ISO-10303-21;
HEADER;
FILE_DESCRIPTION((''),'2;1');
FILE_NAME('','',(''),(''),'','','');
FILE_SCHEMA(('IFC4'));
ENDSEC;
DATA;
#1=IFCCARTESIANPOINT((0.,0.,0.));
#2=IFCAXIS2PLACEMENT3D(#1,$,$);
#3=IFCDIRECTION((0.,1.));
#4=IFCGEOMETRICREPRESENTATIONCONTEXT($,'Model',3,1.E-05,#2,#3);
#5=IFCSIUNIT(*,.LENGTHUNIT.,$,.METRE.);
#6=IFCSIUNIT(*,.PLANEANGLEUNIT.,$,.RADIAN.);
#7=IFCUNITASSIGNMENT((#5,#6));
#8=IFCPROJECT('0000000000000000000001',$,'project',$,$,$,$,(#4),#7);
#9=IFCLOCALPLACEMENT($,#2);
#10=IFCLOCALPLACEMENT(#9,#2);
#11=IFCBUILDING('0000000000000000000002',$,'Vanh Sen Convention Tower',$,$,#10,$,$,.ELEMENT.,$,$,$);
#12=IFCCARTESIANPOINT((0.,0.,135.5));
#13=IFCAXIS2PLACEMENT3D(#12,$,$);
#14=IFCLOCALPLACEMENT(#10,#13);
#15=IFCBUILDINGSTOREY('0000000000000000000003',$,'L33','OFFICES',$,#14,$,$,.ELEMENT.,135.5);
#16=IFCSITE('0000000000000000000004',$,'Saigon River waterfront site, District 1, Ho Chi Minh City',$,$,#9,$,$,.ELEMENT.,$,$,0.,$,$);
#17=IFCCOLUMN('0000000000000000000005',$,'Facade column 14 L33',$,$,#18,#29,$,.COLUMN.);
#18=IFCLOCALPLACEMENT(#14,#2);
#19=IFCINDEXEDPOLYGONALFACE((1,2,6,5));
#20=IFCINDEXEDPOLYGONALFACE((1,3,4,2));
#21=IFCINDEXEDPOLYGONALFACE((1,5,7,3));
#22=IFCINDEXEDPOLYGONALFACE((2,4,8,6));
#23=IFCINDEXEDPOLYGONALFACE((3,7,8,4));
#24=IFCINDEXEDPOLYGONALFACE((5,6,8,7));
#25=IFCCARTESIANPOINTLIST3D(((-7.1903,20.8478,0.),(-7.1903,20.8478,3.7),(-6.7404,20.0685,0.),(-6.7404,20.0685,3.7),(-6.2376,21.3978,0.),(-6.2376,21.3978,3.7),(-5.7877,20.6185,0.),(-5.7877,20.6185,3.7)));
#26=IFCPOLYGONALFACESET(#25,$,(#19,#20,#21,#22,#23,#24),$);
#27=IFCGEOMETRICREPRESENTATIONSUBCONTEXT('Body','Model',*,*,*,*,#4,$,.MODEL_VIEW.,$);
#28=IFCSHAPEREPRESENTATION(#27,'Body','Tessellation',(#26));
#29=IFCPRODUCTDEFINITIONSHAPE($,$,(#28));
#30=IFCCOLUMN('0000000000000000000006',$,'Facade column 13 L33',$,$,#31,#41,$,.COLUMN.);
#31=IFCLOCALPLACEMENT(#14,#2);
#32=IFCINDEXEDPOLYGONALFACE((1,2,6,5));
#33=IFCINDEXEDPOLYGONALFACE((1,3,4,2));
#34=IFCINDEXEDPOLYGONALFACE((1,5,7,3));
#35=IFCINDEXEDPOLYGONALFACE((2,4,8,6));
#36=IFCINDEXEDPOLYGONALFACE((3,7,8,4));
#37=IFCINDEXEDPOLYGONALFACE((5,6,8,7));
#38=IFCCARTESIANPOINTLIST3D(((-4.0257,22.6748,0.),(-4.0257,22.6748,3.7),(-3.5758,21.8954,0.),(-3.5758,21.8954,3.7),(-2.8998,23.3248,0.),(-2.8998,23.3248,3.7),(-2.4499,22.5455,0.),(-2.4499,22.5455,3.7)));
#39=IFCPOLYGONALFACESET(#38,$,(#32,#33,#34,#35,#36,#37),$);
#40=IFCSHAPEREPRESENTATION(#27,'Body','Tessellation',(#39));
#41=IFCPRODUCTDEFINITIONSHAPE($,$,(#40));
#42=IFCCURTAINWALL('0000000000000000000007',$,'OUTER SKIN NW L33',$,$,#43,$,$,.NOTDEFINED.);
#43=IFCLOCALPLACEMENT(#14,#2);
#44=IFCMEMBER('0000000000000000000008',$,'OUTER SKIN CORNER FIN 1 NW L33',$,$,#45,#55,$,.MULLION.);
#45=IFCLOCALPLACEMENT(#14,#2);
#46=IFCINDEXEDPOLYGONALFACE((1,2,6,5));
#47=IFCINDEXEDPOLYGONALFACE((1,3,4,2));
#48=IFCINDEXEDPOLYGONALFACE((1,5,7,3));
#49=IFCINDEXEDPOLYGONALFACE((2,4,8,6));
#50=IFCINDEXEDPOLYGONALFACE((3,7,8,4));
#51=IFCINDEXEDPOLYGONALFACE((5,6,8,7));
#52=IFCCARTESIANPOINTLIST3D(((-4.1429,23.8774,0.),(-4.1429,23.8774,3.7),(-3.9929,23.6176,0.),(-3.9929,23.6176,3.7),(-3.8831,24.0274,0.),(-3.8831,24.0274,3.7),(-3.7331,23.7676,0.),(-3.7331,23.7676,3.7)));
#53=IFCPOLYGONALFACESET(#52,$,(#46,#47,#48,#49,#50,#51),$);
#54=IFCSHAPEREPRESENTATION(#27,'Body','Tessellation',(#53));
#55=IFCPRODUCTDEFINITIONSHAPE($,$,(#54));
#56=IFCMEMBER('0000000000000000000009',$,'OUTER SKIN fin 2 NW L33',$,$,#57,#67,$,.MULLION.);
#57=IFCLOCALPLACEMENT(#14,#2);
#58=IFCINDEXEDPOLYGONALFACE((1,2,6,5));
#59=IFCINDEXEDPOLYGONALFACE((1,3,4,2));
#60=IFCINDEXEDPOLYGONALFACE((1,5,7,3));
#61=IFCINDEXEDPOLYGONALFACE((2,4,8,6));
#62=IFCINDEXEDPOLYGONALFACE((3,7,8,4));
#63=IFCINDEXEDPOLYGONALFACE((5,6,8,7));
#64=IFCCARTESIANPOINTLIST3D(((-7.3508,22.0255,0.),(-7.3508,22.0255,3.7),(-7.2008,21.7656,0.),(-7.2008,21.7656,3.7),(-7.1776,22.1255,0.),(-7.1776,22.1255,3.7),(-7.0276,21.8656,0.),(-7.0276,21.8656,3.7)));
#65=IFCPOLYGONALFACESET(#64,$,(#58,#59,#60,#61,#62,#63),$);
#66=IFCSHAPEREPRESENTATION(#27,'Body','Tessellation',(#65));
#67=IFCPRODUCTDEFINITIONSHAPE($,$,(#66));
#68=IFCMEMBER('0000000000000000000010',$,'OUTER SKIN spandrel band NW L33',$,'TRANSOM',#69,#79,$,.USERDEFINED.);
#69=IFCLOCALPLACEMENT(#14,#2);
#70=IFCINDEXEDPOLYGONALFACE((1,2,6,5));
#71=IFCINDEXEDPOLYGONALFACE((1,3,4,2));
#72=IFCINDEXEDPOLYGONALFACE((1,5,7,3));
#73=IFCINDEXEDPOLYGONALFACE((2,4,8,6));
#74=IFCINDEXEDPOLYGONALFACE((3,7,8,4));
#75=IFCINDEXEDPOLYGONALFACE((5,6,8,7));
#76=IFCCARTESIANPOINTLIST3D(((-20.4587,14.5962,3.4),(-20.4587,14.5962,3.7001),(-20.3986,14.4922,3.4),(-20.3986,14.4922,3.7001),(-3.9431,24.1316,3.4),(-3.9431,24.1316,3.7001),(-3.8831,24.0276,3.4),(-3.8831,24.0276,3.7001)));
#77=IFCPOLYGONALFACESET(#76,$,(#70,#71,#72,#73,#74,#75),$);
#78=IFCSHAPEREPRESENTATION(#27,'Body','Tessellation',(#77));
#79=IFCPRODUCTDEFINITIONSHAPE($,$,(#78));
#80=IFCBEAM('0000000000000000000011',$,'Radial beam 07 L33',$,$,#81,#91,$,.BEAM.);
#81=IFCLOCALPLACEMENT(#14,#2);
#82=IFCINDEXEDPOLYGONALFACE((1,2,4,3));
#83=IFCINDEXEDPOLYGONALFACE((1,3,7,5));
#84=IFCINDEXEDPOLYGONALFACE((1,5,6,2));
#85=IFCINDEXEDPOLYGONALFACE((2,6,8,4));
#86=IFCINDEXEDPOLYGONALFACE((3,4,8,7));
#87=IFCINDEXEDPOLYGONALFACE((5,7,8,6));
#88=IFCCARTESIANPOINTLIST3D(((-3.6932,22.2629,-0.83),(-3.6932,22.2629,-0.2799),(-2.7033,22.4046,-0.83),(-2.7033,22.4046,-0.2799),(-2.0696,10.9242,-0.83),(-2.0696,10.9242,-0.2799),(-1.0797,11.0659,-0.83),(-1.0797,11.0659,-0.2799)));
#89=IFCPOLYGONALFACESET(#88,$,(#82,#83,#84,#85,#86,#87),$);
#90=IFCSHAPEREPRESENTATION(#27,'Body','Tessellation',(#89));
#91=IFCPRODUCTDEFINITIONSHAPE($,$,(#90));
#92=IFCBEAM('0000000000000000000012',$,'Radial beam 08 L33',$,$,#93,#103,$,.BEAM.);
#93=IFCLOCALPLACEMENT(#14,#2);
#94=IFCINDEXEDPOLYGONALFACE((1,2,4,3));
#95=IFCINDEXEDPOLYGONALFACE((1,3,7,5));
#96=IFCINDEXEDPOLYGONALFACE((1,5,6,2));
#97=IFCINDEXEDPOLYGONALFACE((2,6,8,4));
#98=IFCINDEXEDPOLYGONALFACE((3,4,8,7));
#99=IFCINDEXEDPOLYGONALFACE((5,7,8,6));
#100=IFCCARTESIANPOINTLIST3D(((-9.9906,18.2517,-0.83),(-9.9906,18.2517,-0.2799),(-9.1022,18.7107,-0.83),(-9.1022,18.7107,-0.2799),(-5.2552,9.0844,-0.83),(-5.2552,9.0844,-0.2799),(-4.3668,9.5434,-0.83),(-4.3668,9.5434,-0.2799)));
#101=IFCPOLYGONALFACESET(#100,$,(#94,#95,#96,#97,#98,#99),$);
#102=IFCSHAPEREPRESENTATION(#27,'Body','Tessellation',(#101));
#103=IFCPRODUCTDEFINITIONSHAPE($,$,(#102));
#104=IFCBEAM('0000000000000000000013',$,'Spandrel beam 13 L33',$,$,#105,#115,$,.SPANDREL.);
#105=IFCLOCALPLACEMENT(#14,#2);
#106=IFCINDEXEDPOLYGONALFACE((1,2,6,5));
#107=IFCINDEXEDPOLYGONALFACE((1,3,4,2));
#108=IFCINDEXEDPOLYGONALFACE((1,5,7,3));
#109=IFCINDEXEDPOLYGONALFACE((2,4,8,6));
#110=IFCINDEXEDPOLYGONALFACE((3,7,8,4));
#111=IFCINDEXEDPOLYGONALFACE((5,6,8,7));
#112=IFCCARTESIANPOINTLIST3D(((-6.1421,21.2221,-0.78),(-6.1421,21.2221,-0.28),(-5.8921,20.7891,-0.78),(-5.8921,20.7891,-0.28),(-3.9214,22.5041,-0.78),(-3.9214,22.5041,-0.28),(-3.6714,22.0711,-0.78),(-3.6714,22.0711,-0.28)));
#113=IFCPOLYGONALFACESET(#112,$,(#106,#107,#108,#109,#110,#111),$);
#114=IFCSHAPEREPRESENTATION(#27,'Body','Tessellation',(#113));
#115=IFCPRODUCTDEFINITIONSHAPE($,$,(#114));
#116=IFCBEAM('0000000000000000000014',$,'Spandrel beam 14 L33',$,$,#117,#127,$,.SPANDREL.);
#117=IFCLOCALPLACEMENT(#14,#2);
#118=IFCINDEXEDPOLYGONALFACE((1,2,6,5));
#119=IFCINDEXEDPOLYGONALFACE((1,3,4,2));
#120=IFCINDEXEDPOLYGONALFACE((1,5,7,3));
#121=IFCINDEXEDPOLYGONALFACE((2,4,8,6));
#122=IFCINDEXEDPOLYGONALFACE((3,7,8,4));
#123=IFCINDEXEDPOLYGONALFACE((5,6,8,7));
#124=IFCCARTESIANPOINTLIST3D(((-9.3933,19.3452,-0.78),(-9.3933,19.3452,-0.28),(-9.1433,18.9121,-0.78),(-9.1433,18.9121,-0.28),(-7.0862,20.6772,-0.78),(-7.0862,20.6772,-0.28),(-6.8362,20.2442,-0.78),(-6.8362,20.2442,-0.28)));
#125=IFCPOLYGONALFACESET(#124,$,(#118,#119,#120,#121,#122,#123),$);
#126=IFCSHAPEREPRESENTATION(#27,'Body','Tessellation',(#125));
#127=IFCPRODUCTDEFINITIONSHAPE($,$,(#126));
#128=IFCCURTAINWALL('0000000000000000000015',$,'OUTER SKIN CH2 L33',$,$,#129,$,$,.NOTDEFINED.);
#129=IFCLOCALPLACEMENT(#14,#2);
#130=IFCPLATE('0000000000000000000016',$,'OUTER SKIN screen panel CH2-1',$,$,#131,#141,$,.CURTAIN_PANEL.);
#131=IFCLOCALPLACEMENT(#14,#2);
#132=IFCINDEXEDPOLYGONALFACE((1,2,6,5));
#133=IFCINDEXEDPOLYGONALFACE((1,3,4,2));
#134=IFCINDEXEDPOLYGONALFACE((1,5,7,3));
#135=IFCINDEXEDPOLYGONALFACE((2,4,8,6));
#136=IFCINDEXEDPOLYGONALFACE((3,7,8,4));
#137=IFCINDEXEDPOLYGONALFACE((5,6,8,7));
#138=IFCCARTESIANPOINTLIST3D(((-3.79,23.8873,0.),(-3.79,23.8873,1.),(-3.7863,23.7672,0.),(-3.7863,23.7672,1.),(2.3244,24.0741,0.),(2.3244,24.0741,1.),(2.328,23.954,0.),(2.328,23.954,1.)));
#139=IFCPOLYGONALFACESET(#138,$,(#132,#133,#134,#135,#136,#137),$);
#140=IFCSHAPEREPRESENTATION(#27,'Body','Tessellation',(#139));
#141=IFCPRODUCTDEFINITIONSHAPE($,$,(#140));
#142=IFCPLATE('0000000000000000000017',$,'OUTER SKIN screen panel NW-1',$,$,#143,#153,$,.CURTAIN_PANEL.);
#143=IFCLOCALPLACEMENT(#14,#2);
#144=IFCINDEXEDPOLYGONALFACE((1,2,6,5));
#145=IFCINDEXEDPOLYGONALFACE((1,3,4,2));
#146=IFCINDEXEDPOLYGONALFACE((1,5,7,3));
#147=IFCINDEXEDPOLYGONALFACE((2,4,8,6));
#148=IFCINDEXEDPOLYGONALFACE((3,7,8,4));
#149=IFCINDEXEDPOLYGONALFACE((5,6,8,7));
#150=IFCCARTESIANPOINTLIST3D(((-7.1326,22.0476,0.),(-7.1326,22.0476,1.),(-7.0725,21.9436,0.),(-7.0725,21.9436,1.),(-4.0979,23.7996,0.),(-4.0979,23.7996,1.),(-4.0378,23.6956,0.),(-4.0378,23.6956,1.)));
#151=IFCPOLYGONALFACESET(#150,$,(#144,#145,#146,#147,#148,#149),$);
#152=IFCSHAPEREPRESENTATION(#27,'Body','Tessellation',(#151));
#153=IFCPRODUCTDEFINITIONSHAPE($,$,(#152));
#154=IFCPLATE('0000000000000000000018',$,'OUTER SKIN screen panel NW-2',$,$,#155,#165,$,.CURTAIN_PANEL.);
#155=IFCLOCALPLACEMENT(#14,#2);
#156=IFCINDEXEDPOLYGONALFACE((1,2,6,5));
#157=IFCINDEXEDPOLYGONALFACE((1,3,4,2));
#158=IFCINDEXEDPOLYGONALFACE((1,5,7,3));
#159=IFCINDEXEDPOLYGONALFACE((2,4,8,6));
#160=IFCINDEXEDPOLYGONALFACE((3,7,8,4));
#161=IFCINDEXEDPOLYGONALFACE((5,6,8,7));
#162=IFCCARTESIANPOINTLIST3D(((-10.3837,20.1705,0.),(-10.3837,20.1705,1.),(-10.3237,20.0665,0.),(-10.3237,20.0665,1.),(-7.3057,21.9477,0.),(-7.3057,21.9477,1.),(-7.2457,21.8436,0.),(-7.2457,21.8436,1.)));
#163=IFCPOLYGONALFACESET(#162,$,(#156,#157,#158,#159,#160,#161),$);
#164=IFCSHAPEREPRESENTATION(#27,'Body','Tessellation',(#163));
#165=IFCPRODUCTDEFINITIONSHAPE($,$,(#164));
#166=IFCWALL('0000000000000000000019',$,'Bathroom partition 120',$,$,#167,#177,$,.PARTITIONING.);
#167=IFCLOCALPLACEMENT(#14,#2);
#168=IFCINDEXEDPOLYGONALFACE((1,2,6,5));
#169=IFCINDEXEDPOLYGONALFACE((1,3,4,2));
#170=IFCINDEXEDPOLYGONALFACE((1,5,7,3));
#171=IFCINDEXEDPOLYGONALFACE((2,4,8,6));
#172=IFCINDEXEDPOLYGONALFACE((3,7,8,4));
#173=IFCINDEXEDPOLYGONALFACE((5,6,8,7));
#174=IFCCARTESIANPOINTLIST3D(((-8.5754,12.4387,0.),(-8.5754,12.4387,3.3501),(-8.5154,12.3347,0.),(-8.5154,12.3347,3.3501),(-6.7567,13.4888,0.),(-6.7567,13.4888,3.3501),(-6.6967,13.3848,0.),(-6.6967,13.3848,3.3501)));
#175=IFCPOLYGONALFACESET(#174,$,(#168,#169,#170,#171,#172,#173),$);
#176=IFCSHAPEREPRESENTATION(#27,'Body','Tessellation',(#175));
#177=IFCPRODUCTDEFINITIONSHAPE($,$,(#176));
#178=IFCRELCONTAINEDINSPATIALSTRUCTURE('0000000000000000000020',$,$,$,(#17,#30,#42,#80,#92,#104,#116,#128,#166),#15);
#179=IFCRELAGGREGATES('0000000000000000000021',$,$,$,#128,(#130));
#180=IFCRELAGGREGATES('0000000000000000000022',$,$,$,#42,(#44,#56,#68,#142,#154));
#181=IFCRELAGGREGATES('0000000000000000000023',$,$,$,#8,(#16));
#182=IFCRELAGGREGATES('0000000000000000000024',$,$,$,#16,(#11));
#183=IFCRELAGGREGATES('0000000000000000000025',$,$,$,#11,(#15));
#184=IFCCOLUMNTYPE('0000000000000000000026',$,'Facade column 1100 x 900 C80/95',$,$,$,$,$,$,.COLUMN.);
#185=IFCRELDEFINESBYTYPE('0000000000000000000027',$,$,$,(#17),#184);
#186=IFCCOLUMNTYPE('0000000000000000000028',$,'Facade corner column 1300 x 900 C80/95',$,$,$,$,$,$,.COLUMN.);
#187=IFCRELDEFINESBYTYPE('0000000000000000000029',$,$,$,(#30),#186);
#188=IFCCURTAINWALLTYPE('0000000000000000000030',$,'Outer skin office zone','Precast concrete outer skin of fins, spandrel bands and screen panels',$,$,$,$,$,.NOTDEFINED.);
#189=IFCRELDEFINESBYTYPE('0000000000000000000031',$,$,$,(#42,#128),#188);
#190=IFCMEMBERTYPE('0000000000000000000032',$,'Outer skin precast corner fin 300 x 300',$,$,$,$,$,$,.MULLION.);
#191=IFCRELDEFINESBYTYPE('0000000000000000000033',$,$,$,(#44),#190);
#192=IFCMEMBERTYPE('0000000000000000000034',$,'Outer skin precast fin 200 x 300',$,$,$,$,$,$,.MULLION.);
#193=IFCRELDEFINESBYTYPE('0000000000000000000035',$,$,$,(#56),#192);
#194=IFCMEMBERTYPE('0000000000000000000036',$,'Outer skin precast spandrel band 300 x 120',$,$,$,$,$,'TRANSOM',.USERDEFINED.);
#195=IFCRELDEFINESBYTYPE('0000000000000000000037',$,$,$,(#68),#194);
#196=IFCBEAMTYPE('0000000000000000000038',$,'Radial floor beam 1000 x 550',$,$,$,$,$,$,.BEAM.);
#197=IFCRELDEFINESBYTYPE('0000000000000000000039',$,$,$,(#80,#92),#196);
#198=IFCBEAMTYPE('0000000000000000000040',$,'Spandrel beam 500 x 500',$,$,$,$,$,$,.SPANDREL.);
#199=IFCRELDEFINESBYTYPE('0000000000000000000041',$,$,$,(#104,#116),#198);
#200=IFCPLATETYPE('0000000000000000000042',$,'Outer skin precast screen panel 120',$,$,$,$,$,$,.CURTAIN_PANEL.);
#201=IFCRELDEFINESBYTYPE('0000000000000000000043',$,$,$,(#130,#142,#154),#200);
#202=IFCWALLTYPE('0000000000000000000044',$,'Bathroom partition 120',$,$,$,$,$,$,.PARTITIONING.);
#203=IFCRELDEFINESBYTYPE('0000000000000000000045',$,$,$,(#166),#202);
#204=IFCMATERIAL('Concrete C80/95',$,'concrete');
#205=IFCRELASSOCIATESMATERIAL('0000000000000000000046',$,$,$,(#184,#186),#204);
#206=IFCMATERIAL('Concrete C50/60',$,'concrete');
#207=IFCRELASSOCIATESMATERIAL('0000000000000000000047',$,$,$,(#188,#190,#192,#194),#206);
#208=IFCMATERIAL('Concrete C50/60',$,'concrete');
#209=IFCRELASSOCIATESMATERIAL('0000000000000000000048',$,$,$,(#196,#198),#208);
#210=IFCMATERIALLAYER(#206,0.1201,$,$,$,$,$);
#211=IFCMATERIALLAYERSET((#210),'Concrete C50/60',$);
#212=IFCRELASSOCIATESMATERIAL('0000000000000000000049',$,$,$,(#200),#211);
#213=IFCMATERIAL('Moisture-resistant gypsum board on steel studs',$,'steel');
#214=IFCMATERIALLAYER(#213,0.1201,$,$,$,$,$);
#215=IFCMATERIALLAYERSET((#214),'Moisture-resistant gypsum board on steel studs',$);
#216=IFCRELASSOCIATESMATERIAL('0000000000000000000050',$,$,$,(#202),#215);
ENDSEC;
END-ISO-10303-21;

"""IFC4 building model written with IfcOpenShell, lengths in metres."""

from ifc_helpers import new_model, si_unit, direction, frame, frame_2d, origin, origin_2d, place, context, subcontext, project, spatial, rectangle, extrude, material, layer, layer_set, material_profile, profile_set, type_object, element, aggregate, save


model = new_model("IFC4")

# Units and contexts
model_context = context("Model", 3, precision=1e-05, world=origin(), true_north=direction((0.0, 1.0)))
body_context = subcontext(model_context, "Body", "Model", "MODEL_VIEW")
ifc_project = project(units=[si_unit("LENGTHUNIT", "METRE"), si_unit("PLANEANGLEUNIT", "RADIAN")], contexts=[model_context])

# Site, building, storey
site_placement = place(None, origin())
site = spatial("IfcSite", under=ifc_project, at=site_placement, Name="Saigon River waterfront site, District 1, Ho Chi Minh City", CompositionType="ELEMENT", RefElevation=0.0)
building_placement = place(site_placement, origin())
building = spatial("IfcBuilding", under=site, at=building_placement, Name="Vanh Sen Convention Tower", CompositionType="ELEMENT")
storey_placement = place(building_placement, frame((0.0, 0.0, 135.5)))
storey = spatial("IfcBuildingStorey", under=building, at=storey_placement, Name="L33", Description="OFFICES", CompositionType="ELEMENT", Elevation=135.5)

# Columns
ifc_material_1 = material(Name="Concrete C80/95", Category="concrete")
ifc_material_profile_1 = material_profile(ifc_material_1, rectangle(XDim=1.1001, YDim=0.8999, at=origin_2d()), Name="RC 1100X900")
ifc_profile_set_1 = profile_set([ifc_material_profile_1], Name="Concrete C80/95")
column_type_1 = type_object("IfcColumnType", Name="Facade column 1100 x 900 C80/95", PredefinedType="COLUMN", material=ifc_profile_set_1)
column_1_placement = place(storey_placement, frame((-6.489, 20.7332, 0.0), z_axis=(0.0, 0.0, 1.0), x_axis=(-0.866025, -0.5, 0.0)))
element("IfcColumn", 1, at=column_1_placement, inside=storey, type_object=column_type_1, Name="Facade column 14 L33", PredefinedType="COLUMN", context=body_context, shape_type="SweptSolid", body=[
    extrude(rectangle(XDim=1.1001, YDim=0.8999, at=origin_2d()), origin(), (0.0, 0.0, 1.0), 3.7),
])
ifc_material_profile_2 = material_profile(ifc_material_1, rectangle(XDim=1.3, YDim=0.8999, at=origin_2d()), Name="RC 1300X900")
ifc_profile_set_2 = profile_set([ifc_material_profile_2], Name="Concrete C80/95")
column_type_2 = type_object("IfcColumnType", Name="Facade corner column 1300 x 900 C80/95", PredefinedType="COLUMN", material=ifc_profile_set_2)
column_2_placement = place(storey_placement, frame((-3.2378, 22.6101, 0.0), z_axis=(0.0, 0.0, 1.0), x_axis=(-0.866025, -0.5, 0.0)))
element("IfcColumn", 2, at=column_2_placement, inside=storey, type_object=column_type_2, Name="Facade column 13 L33", PredefinedType="COLUMN", context=body_context, shape_type="SweptSolid", body=[
    extrude(rectangle(XDim=1.3, YDim=0.8999, at=origin_2d()), origin(), (0.0, 0.0, 1.0), 3.7),
])

# Curtain wall, members
ifc_material_2 = material(Name="Concrete C50/60", Category="concrete")
curtain_wall_type = type_object("IfcCurtainWallType", Name="Outer skin office zone", Description="Precast concrete outer skin of fins, spandrel bands and screen panels", PredefinedType="NOTDEFINED", material=ifc_material_2)
curtain_wall_1_placement = place(storey_placement, origin())
curtain_wall_1 = element("IfcCurtainWall", 3, at=curtain_wall_1_placement, inside=storey, type_object=curtain_wall_type, Name="OUTER SKIN NW L33", PredefinedType="NOTDEFINED")
ifc_material_profile_3 = material_profile(ifc_material_2, rectangle(XDim=0.3, YDim=0.3, at=origin_2d()), Name="Outer skin precast corner fin 300 x 300")
ifc_profile_set_3 = profile_set([ifc_material_profile_3], Name="Concrete C50/60")
member_type_1 = type_object("IfcMemberType", Name="Outer skin precast corner fin 300 x 300", PredefinedType="MULLION", material=ifc_profile_set_3)
member_1_placement = place(storey_placement, frame((-3.938, 23.8225, 0.0), z_axis=(0.0, 0.0, 1.0), x_axis=(-0.866025, -0.5, 0.0)))
member_1 = element("IfcMember", 4, at=member_1_placement, type_object=member_type_1, Name="OUTER SKIN CORNER FIN 1 NW L33", PredefinedType="MULLION", context=body_context, shape_type="SweptSolid", body=[
    extrude(rectangle(XDim=0.3, YDim=0.3, at=origin_2d()), origin(), (0.0, 0.0, 1.0), 3.7),
])
ifc_material_profile_4 = material_profile(ifc_material_2, rectangle(XDim=0.2, YDim=0.3, at=origin_2d()), Name="Outer skin precast fin 200 x 300")
ifc_profile_set_4 = profile_set([ifc_material_profile_4], Name="Concrete C50/60")
member_type_2 = type_object("IfcMemberType", Name="Outer skin precast fin 200 x 300", PredefinedType="MULLION", material=ifc_profile_set_4)
member_2_placement = place(storey_placement, frame((-7.1892, 21.9456, 0.0), z_axis=(0.0, 0.0, 1.0), x_axis=(-0.866025, -0.5, 0.0)))
member_2 = element("IfcMember", 5, at=member_2_placement, type_object=member_type_2, Name="OUTER SKIN fin 2 NW L33", PredefinedType="MULLION", context=body_context, shape_type="SweptSolid", body=[
    extrude(rectangle(XDim=0.2, YDim=0.3, at=origin_2d()), origin(), (0.0, 0.0, 1.0), 3.7),
])
ifc_material_profile_5 = material_profile(ifc_material_2, rectangle(XDim=0.1201, YDim=0.3, at=origin_2d()), Name="Outer skin precast spandrel band 300 x 120")
ifc_profile_set_5 = profile_set([ifc_material_profile_5], Name="Concrete C50/60")
member_type_3 = type_object("IfcMemberType", Name="Outer skin precast spandrel band 300 x 120", ElementType="TRANSOM", PredefinedType="USERDEFINED", material=ifc_profile_set_5)
member_3_placement = place(storey_placement, frame((-3.9131, 24.0796, 3.55), z_axis=(-0.866023, -0.500004, 0.0), x_axis=(0.500004, -0.866023, 0.0)))
member_3 = element("IfcMember", 6, at=member_3_placement, type_object=member_type_3, Name="OUTER SKIN spandrel band NW L33", ObjectType="TRANSOM", PredefinedType="USERDEFINED", context=body_context, shape_type="SweptSolid", body=[
    extrude(rectangle(XDim=0.1201, YDim=0.3, at=origin_2d()), origin(), (0.0, 0.0, 1.0), 19.0706),
])

# Beams
ifc_material_3 = material(Name="Concrete C50/60", Category="concrete")
ifc_material_profile_6 = material_profile(ifc_material_3, rectangle(XDim=1.0, YDim=0.55, at=origin_2d()), Name="RC 1000X550")
ifc_profile_set_6 = profile_set([ifc_material_profile_6], Name="Concrete C50/60")
beam_type_1 = type_object("IfcBeamType", Name="Radial floor beam 1000 x 550", PredefinedType="BEAM", material=ifc_profile_set_6)
beam_1_placement = place(storey_placement, frame((-3.1982, 22.3337, -0.5549), z_axis=(0.141741, -0.989904, 0.0), x_axis=(0.989904, 0.141741, 0.0)))
element("IfcBeam", 7, at=beam_1_placement, inside=storey, type_object=beam_type_1, Name="Radial beam 07 L33", PredefinedType="BEAM", context=body_context, shape_type="SweptSolid", body=[
    extrude(rectangle(XDim=1.0, YDim=0.55, at=origin_2d()), origin(), (0.0, 0.0, 1.0), 11.4543),
])
beam_2_placement = place(storey_placement, frame((-9.5464, 18.4812, -0.5549), z_axis=(0.458939, -0.888468, 0.0), x_axis=(0.888468, 0.458939, 0.0)))
element("IfcBeam", 8, at=beam_2_placement, inside=storey, type_object=beam_type_1, Name="Radial beam 08 L33", PredefinedType="BEAM", context=body_context, shape_type="SweptSolid", body=[
    extrude(rectangle(XDim=1.0, YDim=0.55, at=origin_2d()), origin(), (0.0, 0.0, 1.0), 10.3181),
])
ifc_material_profile_7 = material_profile(ifc_material_3, rectangle(XDim=0.5, YDim=0.5, at=origin_2d()), Name="RC 500X500")
ifc_profile_set_7 = profile_set([ifc_material_profile_7], Name="Concrete C50/60")
beam_type_2 = type_object("IfcBeamType", Name="Spandrel beam 500 x 500", PredefinedType="SPANDREL", material=ifc_profile_set_7)
beam_3_placement = place(storey_placement, frame((-3.7964, 22.2876, -0.53), z_axis=(-0.866049, -0.499959, 0.0), x_axis=(0.499959, -0.866049, 0.0)))
element("IfcBeam", 9, at=beam_3_placement, inside=storey, type_object=beam_type_2, Name="Spandrel beam 13 L33", PredefinedType="SPANDREL", context=body_context, shape_type="SweptSolid", body=[
    extrude(rectangle(XDim=0.5, YDim=0.5, at=origin_2d()), origin(), (0.0, 0.0, 1.0), 2.5642),
])
beam_4_placement = place(storey_placement, frame((-6.9612, 20.4607, -0.53), z_axis=(-0.866024, -0.500003, 0.0), x_axis=(0.500003, -0.866024, 0.0)))
element("IfcBeam", 10, at=beam_4_placement, inside=storey, type_object=beam_type_2, Name="Spandrel beam 14 L33", PredefinedType="SPANDREL", context=body_context, shape_type="SweptSolid", body=[
    extrude(rectangle(XDim=0.5, YDim=0.5, at=origin_2d()), origin(), (0.0, 0.0, 1.0), 2.6641),
])

# Curtain wall, plate
curtain_wall_2_placement = place(storey_placement, origin())
curtain_wall_2 = element("IfcCurtainWall", 11, at=curtain_wall_2_placement, inside=storey, type_object=curtain_wall_type, Name="OUTER SKIN CH2 L33", PredefinedType="NOTDEFINED")
ifc_layer_1 = layer(ifc_material_2, 0.1201)
ifc_layer_set_1 = layer_set([ifc_layer_1], Name="Concrete C50/60")
plate_type = type_object("IfcPlateType", Name="Outer skin precast screen panel 120", PredefinedType="CURTAIN_PANEL", material=ifc_layer_set_1)
plate_1_placement = place(storey_placement, frame((-0.731, 23.9207, 0.0), z_axis=(0.0, 0.0, 1.0), x_axis=(-0.999534, -0.030539, 0.0)))
plate_1 = element("IfcPlate", 12, at=plate_1_placement, type_object=plate_type, Name="OUTER SKIN screen panel CH2-1", PredefinedType="CURTAIN_PANEL", context=body_context, shape_type="SweptSolid", body=[
    extrude(rectangle(XDim=6.1172, YDim=0.1201, at=origin_2d()), origin(), (0.0, 0.0, 1.0), 1.0),
])
aggregate(curtain_wall_2, [plate_1])

# Plates
plate_2_placement = place(storey_placement, frame((-5.5852, 22.8716, 0.0), z_axis=(0.0, 0.0, 1.0), x_axis=(-0.866035, -0.499983, 0.0)))
plate_2 = element("IfcPlate", 13, at=plate_2_placement, type_object=plate_type, Name="OUTER SKIN screen panel NW-1", PredefinedType="CURTAIN_PANEL", context=body_context, shape_type="SweptSolid", body=[
    extrude(rectangle(XDim=3.5042, YDim=0.1201, at=origin_2d()), origin(), (0.0, 0.0, 1.0), 1.0),
])
plate_3_placement = place(storey_placement, frame((-8.8147, 21.0071, 0.0), z_axis=(0.0, 0.0, 1.0), x_axis=(-0.866017, -0.500015, 0.0)))
plate_3 = element("IfcPlate", 14, at=plate_3_placement, type_object=plate_type, Name="OUTER SKIN screen panel NW-2", PredefinedType="CURTAIN_PANEL", context=body_context, shape_type="SweptSolid", body=[
    extrude(rectangle(XDim=3.5542, YDim=0.1201, at=origin_2d()), origin(), (0.0, 0.0, 1.0), 1.0),
])
aggregate(curtain_wall_1, [member_1, member_2, member_3, plate_2, plate_3])

# Wall
ifc_material_4 = material(Name="Moisture-resistant gypsum board on steel studs", Category="steel")
ifc_layer_2 = layer(ifc_material_4, 0.1201)
ifc_layer_set_2 = layer_set([ifc_layer_2], Name="Moisture-resistant gypsum board on steel studs")
wall_type_1 = type_object("IfcWallType", Name="Bathroom partition 120", PredefinedType="PARTITIONING", material=ifc_layer_set_2)
wall_1_placement = place(storey_placement, frame((-8.5454, 12.3867, 0.0), z_axis=(0.0, 0.0, 1.0), x_axis=(0.866009, 0.500028, 0.0)))
element("IfcWall", 15, at=wall_1_placement, inside=storey, type_object=wall_type_1, Name="Bathroom partition 120", PredefinedType="PARTITIONING", context=body_context, shape_type="SweptSolid", body=[
    extrude(rectangle(XDim=2.1001, YDim=0.1201, at=frame_2d((1.05, 0.0))), origin(), (0.0, 0.0, 1.0), 3.3501),
])

save(model, "model.ifc")
